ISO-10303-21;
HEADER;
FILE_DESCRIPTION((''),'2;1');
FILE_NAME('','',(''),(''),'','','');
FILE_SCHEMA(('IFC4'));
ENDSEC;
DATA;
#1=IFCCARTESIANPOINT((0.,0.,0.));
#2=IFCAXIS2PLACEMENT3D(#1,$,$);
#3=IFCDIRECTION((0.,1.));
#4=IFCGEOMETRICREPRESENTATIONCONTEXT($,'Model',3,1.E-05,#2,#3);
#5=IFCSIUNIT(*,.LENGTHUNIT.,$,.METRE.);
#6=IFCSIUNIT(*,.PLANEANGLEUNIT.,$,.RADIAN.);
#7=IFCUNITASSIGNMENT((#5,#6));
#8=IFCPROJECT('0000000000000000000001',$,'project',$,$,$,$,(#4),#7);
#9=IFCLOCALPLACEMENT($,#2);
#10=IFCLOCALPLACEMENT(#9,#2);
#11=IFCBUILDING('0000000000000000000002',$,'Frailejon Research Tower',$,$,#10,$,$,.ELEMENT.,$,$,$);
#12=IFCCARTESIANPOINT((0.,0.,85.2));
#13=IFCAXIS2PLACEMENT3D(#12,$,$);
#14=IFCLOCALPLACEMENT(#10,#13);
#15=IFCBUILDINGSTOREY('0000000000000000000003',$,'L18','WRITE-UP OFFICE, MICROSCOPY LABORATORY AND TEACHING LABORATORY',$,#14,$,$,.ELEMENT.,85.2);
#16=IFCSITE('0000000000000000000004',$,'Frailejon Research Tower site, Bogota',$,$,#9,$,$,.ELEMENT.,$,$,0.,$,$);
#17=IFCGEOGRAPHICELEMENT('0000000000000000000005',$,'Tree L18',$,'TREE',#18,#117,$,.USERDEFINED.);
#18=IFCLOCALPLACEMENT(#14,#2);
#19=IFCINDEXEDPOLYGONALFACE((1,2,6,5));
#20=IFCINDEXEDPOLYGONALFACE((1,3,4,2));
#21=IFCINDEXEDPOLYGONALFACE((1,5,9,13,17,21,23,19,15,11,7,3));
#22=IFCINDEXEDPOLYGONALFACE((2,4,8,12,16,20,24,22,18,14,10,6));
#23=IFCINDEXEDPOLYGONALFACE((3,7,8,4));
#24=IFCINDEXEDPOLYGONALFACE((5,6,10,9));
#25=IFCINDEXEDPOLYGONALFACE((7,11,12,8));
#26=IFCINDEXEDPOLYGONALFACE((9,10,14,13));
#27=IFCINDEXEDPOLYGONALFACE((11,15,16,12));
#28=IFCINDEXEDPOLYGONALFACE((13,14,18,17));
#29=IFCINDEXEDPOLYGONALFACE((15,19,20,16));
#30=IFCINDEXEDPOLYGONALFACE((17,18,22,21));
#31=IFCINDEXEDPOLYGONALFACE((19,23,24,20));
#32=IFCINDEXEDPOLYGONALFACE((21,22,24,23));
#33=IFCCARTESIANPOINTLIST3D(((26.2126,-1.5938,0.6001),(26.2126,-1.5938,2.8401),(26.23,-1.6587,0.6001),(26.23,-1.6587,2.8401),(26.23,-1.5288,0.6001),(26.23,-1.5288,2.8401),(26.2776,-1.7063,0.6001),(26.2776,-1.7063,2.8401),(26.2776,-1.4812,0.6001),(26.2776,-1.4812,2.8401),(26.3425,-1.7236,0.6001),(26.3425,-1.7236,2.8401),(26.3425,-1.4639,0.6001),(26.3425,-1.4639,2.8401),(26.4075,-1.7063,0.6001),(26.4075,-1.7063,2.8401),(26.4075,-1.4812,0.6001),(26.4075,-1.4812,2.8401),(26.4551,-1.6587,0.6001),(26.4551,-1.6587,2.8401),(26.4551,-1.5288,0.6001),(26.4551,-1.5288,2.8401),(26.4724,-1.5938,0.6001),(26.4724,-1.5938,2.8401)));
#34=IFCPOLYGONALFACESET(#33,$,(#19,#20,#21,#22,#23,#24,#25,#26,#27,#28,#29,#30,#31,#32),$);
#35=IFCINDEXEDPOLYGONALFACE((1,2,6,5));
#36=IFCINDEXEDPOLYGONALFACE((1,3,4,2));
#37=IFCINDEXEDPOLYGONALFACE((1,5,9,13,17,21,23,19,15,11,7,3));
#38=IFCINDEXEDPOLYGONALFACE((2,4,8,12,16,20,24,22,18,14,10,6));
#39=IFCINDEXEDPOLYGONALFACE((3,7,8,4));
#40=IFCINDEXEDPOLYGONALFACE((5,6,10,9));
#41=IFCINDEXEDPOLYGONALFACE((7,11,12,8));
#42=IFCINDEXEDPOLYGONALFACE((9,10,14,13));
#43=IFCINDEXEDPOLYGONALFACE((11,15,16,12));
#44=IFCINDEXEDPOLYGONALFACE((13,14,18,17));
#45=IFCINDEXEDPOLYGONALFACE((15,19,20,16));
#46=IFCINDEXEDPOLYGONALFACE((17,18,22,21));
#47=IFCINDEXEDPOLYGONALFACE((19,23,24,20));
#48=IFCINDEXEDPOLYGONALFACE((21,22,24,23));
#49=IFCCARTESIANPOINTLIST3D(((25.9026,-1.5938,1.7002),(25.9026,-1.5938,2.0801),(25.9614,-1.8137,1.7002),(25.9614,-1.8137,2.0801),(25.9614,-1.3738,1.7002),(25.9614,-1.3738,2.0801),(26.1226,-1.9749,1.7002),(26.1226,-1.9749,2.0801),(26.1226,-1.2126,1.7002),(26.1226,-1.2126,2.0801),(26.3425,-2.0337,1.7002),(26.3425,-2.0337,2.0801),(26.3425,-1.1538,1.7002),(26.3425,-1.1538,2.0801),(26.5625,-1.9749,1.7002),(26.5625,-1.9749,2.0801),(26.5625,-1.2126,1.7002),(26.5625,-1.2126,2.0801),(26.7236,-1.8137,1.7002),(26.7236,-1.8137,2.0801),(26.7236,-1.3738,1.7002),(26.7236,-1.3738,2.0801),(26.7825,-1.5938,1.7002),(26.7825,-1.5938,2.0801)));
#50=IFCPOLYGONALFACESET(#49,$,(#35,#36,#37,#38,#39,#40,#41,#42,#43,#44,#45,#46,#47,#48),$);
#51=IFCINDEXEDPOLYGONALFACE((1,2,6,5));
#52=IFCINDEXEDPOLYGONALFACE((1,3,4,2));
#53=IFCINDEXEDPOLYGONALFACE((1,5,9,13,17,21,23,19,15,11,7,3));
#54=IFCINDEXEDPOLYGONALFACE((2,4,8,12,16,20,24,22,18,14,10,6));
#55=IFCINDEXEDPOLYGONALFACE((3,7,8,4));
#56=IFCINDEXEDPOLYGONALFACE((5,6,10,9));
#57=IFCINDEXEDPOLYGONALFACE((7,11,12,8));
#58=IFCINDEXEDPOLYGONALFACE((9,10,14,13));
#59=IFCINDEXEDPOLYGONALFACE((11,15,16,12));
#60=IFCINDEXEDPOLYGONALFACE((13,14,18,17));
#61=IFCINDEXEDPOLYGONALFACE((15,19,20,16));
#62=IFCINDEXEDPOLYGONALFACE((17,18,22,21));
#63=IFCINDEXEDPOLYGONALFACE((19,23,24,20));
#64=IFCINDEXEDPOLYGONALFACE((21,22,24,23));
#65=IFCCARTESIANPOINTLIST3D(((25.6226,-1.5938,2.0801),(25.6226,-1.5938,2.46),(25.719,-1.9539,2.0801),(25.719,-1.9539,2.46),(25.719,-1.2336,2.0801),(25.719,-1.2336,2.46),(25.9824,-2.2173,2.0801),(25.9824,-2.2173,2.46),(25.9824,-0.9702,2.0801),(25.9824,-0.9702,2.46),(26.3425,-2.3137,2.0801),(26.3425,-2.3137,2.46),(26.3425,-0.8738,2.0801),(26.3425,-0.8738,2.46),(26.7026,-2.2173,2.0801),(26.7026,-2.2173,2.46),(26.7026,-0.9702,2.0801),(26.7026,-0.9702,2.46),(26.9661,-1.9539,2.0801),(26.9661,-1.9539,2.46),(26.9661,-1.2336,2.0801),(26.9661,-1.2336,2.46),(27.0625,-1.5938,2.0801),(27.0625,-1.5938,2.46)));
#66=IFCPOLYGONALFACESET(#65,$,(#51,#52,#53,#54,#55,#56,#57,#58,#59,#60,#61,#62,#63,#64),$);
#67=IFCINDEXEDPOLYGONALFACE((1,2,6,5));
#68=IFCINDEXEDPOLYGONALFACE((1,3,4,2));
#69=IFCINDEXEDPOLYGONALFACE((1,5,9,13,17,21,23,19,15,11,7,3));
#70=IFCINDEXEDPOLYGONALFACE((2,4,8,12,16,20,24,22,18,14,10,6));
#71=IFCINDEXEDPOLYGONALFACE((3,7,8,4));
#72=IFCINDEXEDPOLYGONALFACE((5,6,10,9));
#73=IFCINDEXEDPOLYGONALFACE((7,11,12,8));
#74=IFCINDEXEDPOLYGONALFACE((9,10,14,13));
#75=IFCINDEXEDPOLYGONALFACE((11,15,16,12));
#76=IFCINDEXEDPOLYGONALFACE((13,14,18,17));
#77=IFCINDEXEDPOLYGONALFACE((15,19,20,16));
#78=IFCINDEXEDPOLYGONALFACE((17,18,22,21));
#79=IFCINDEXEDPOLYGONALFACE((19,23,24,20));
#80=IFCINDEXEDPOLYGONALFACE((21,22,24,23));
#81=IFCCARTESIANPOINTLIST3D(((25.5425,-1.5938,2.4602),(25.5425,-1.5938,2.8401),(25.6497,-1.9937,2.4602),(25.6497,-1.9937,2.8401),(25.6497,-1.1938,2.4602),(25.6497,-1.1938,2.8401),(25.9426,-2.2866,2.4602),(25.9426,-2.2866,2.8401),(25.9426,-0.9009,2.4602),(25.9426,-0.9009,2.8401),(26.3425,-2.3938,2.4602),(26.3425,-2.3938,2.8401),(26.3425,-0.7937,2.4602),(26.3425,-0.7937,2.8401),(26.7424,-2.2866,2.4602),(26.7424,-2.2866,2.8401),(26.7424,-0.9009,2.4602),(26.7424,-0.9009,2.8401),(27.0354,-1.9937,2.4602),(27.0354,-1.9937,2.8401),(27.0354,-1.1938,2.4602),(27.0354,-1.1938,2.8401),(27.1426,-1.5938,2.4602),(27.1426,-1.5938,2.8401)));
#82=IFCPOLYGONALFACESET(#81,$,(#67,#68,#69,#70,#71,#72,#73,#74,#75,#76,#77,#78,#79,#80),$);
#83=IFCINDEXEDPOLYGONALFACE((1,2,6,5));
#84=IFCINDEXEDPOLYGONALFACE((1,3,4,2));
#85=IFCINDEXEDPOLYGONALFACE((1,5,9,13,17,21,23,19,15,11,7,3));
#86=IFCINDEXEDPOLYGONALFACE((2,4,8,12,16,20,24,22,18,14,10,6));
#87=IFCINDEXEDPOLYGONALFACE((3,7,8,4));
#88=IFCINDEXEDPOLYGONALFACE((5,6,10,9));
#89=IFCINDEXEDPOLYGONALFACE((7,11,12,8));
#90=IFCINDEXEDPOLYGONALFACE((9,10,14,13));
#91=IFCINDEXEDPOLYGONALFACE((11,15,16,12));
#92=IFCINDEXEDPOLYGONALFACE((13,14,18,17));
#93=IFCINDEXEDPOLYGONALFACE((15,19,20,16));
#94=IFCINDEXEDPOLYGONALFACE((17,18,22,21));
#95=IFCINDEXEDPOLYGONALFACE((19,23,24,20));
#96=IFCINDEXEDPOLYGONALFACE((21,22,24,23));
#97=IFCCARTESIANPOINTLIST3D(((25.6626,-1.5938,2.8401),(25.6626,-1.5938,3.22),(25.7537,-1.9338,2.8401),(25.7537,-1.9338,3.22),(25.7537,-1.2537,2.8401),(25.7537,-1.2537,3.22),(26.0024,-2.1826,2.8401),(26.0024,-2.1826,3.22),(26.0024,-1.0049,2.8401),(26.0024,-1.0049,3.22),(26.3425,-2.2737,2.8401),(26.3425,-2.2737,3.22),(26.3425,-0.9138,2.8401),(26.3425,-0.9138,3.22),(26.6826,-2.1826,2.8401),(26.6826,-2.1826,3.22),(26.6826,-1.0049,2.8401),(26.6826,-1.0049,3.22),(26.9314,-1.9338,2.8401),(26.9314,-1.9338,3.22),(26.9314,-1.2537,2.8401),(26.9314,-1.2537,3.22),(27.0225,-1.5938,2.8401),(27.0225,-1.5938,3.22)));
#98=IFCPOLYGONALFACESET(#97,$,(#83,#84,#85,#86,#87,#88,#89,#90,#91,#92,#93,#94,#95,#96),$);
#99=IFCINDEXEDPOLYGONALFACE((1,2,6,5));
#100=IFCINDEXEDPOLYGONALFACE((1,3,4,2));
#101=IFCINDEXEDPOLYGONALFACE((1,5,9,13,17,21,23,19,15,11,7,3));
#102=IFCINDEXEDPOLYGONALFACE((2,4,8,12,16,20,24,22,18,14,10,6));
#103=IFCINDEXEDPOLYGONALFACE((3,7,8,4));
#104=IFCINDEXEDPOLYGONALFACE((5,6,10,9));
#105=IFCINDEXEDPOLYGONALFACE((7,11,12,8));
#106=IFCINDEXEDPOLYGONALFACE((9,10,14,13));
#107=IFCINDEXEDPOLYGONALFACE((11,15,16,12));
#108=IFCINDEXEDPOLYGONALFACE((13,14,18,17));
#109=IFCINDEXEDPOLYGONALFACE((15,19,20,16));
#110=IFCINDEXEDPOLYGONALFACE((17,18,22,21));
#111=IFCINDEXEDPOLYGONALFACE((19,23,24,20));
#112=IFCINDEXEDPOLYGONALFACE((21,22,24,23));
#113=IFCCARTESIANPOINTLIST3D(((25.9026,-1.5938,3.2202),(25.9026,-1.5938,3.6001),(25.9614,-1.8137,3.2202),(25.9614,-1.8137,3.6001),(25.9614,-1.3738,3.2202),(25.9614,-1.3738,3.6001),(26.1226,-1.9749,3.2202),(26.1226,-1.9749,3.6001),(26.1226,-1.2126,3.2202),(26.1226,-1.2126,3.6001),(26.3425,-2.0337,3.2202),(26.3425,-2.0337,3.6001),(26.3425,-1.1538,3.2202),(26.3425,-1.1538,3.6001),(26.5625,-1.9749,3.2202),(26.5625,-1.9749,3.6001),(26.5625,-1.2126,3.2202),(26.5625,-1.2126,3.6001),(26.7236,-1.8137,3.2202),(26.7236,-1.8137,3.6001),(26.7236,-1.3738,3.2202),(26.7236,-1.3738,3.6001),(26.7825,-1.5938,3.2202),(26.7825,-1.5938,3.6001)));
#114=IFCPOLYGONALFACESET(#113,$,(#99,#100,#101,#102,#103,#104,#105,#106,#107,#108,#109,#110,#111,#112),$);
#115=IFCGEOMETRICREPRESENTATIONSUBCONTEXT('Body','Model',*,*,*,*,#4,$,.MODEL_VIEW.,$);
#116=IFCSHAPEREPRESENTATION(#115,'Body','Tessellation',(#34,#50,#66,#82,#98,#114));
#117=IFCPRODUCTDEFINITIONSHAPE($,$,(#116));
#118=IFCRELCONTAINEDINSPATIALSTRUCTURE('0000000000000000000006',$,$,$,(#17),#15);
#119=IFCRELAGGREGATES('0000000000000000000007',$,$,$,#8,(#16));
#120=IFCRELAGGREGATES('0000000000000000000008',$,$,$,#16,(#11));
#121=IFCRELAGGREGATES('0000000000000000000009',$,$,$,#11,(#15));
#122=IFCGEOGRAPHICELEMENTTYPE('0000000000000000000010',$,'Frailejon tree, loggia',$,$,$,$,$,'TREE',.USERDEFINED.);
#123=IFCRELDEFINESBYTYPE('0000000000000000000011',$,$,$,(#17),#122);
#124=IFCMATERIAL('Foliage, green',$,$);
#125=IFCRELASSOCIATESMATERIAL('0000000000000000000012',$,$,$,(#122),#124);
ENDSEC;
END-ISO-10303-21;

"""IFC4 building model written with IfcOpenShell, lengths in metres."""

from ifc_helpers import new_model, si_unit, direction, frame, origin, place, context, subcontext, project, spatial, polyline, outline, extrude, material, type_object, element, save


model = new_model("IFC4")

# Units and contexts
model_context = context("Model", 3, precision=1e-05, world=origin(), true_north=direction((0.0, 1.0)))
body_context = subcontext(model_context, "Body", "Model", "MODEL_VIEW")
ifc_project = project(units=[si_unit("LENGTHUNIT", "METRE"), si_unit("PLANEANGLEUNIT", "RADIAN")], contexts=[model_context])

# Site, building, storey
site_placement = place(None, origin())
site = spatial("IfcSite", under=ifc_project, at=site_placement, Name="Frailejon Research Tower site, Bogota", CompositionType="ELEMENT", RefElevation=0.0)
building_placement = place(site_placement, origin())
building = spatial("IfcBuilding", under=site, at=building_placement, Name="Frailejon Research Tower", CompositionType="ELEMENT")
storey_placement = place(building_placement, frame((0.0, 0.0, 85.2)))
storey = spatial("IfcBuildingStorey", under=building, at=storey_placement, Name="L18", Description="WRITE-UP OFFICE, MICROSCOPY LABORATORY AND TEACHING LABORATORY", CompositionType="ELEMENT", Elevation=85.2)

# Geographic element
ifc_material_1 = material(Name="Foliage, green")
geographic_element_type = type_object("IfcGeographicElementType", Name="Frailejon tree, loggia", ElementType="TREE", PredefinedType="USERDEFINED", material=ifc_material_1)
geographic_element_placement = place(storey_placement, frame((26.3425, -1.5938, 0.6001)))
element("IfcGeographicElement", 1, at=geographic_element_placement, inside=storey, type_object=geographic_element_type, Name="Tree L18", ObjectType="TREE", PredefinedType="USERDEFINED", context=body_context, shape_type="SweptSolid", body=[
    extrude(outline(polyline([(0.1299, 0.0), (0.1125, 0.0649), (0.0649, 0.1125), (0.0, 0.1299), (-0.0649, 0.1125), (-0.1125, 0.0649), (-0.1299, 0.0), (-0.1125, -0.0649), (-0.0649, -0.1125), (0.0, -0.1299), (0.0649, -0.1125), (0.1125, -0.0649), (0.1299, 0.0)])), origin(), (0.0, 0.0, 1.0), 2.24),
    extrude(outline(polyline([(0.4399, 0.0), (0.3811, 0.22), (0.22, 0.3811), (0.0, 0.4399), (-0.22, 0.3811), (-0.3811, 0.22), (-0.4399, 0.0), (-0.3811, -0.22), (-0.22, -0.3811), (0.0, -0.4399), (0.22, -0.3811), (0.3811, -0.22), (0.4399, 0.0)])), frame((0.0, 0.0, 1.1001)), (0.0, 0.0, 1.0), 0.3799),
    extrude(outline(polyline([(0.72, 0.0), (0.6235, 0.3601), (0.3601, 0.6235), (0.0, 0.72), (-0.3601, 0.6235), (-0.6235, 0.3601), (-0.72, 0.0), (-0.6235, -0.3601), (-0.3601, -0.6235), (0.0, -0.72), (0.3601, -0.6235), (0.6235, -0.3601), (0.72, 0.0)])), frame((0.0, 0.0, 1.48)), (0.0, 0.0, 1.0), 0.3799),
    extrude(outline(polyline([(0.8, 0.0), (0.6929, 0.3999), (0.3999, 0.6929), (0.0, 0.8), (-0.3999, 0.6929), (-0.6929, 0.3999), (-0.8, 0.0), (-0.6929, -0.3999), (-0.3999, -0.6929), (0.0, -0.8), (0.3999, -0.6929), (0.6929, -0.3999), (0.8, 0.0)])), frame((0.0, 0.0, 1.8601)), (0.0, 0.0, 1.0), 0.3799),
    extrude(outline(polyline([(0.6799, 0.0), (0.5889, 0.3401), (0.3401, 0.5889), (0.0, 0.6799), (-0.3401, 0.5889), (-0.5889, 0.3401), (-0.6799, 0.0), (-0.5889, -0.3401), (-0.3401, -0.5889), (0.0, -0.6799), (0.3401, -0.5889), (0.5889, -0.3401), (0.6799, 0.0)])), frame((0.0, 0.0, 2.24)), (0.0, 0.0, 1.0), 0.3799),
    extrude(outline(polyline([(0.4399, 0.0), (0.3811, 0.22), (0.22, 0.3811), (0.0, 0.4399), (-0.22, 0.3811), (-0.3811, 0.22), (-0.4399, 0.0), (-0.3811, -0.22), (-0.22, -0.3811), (0.0, -0.4399), (0.22, -0.3811), (0.3811, -0.22), (0.4399, 0.0)])), frame((0.0, 0.0, 2.6201)), (0.0, 0.0, 1.0), 0.3799),
])

save(model, "model.ifc")
